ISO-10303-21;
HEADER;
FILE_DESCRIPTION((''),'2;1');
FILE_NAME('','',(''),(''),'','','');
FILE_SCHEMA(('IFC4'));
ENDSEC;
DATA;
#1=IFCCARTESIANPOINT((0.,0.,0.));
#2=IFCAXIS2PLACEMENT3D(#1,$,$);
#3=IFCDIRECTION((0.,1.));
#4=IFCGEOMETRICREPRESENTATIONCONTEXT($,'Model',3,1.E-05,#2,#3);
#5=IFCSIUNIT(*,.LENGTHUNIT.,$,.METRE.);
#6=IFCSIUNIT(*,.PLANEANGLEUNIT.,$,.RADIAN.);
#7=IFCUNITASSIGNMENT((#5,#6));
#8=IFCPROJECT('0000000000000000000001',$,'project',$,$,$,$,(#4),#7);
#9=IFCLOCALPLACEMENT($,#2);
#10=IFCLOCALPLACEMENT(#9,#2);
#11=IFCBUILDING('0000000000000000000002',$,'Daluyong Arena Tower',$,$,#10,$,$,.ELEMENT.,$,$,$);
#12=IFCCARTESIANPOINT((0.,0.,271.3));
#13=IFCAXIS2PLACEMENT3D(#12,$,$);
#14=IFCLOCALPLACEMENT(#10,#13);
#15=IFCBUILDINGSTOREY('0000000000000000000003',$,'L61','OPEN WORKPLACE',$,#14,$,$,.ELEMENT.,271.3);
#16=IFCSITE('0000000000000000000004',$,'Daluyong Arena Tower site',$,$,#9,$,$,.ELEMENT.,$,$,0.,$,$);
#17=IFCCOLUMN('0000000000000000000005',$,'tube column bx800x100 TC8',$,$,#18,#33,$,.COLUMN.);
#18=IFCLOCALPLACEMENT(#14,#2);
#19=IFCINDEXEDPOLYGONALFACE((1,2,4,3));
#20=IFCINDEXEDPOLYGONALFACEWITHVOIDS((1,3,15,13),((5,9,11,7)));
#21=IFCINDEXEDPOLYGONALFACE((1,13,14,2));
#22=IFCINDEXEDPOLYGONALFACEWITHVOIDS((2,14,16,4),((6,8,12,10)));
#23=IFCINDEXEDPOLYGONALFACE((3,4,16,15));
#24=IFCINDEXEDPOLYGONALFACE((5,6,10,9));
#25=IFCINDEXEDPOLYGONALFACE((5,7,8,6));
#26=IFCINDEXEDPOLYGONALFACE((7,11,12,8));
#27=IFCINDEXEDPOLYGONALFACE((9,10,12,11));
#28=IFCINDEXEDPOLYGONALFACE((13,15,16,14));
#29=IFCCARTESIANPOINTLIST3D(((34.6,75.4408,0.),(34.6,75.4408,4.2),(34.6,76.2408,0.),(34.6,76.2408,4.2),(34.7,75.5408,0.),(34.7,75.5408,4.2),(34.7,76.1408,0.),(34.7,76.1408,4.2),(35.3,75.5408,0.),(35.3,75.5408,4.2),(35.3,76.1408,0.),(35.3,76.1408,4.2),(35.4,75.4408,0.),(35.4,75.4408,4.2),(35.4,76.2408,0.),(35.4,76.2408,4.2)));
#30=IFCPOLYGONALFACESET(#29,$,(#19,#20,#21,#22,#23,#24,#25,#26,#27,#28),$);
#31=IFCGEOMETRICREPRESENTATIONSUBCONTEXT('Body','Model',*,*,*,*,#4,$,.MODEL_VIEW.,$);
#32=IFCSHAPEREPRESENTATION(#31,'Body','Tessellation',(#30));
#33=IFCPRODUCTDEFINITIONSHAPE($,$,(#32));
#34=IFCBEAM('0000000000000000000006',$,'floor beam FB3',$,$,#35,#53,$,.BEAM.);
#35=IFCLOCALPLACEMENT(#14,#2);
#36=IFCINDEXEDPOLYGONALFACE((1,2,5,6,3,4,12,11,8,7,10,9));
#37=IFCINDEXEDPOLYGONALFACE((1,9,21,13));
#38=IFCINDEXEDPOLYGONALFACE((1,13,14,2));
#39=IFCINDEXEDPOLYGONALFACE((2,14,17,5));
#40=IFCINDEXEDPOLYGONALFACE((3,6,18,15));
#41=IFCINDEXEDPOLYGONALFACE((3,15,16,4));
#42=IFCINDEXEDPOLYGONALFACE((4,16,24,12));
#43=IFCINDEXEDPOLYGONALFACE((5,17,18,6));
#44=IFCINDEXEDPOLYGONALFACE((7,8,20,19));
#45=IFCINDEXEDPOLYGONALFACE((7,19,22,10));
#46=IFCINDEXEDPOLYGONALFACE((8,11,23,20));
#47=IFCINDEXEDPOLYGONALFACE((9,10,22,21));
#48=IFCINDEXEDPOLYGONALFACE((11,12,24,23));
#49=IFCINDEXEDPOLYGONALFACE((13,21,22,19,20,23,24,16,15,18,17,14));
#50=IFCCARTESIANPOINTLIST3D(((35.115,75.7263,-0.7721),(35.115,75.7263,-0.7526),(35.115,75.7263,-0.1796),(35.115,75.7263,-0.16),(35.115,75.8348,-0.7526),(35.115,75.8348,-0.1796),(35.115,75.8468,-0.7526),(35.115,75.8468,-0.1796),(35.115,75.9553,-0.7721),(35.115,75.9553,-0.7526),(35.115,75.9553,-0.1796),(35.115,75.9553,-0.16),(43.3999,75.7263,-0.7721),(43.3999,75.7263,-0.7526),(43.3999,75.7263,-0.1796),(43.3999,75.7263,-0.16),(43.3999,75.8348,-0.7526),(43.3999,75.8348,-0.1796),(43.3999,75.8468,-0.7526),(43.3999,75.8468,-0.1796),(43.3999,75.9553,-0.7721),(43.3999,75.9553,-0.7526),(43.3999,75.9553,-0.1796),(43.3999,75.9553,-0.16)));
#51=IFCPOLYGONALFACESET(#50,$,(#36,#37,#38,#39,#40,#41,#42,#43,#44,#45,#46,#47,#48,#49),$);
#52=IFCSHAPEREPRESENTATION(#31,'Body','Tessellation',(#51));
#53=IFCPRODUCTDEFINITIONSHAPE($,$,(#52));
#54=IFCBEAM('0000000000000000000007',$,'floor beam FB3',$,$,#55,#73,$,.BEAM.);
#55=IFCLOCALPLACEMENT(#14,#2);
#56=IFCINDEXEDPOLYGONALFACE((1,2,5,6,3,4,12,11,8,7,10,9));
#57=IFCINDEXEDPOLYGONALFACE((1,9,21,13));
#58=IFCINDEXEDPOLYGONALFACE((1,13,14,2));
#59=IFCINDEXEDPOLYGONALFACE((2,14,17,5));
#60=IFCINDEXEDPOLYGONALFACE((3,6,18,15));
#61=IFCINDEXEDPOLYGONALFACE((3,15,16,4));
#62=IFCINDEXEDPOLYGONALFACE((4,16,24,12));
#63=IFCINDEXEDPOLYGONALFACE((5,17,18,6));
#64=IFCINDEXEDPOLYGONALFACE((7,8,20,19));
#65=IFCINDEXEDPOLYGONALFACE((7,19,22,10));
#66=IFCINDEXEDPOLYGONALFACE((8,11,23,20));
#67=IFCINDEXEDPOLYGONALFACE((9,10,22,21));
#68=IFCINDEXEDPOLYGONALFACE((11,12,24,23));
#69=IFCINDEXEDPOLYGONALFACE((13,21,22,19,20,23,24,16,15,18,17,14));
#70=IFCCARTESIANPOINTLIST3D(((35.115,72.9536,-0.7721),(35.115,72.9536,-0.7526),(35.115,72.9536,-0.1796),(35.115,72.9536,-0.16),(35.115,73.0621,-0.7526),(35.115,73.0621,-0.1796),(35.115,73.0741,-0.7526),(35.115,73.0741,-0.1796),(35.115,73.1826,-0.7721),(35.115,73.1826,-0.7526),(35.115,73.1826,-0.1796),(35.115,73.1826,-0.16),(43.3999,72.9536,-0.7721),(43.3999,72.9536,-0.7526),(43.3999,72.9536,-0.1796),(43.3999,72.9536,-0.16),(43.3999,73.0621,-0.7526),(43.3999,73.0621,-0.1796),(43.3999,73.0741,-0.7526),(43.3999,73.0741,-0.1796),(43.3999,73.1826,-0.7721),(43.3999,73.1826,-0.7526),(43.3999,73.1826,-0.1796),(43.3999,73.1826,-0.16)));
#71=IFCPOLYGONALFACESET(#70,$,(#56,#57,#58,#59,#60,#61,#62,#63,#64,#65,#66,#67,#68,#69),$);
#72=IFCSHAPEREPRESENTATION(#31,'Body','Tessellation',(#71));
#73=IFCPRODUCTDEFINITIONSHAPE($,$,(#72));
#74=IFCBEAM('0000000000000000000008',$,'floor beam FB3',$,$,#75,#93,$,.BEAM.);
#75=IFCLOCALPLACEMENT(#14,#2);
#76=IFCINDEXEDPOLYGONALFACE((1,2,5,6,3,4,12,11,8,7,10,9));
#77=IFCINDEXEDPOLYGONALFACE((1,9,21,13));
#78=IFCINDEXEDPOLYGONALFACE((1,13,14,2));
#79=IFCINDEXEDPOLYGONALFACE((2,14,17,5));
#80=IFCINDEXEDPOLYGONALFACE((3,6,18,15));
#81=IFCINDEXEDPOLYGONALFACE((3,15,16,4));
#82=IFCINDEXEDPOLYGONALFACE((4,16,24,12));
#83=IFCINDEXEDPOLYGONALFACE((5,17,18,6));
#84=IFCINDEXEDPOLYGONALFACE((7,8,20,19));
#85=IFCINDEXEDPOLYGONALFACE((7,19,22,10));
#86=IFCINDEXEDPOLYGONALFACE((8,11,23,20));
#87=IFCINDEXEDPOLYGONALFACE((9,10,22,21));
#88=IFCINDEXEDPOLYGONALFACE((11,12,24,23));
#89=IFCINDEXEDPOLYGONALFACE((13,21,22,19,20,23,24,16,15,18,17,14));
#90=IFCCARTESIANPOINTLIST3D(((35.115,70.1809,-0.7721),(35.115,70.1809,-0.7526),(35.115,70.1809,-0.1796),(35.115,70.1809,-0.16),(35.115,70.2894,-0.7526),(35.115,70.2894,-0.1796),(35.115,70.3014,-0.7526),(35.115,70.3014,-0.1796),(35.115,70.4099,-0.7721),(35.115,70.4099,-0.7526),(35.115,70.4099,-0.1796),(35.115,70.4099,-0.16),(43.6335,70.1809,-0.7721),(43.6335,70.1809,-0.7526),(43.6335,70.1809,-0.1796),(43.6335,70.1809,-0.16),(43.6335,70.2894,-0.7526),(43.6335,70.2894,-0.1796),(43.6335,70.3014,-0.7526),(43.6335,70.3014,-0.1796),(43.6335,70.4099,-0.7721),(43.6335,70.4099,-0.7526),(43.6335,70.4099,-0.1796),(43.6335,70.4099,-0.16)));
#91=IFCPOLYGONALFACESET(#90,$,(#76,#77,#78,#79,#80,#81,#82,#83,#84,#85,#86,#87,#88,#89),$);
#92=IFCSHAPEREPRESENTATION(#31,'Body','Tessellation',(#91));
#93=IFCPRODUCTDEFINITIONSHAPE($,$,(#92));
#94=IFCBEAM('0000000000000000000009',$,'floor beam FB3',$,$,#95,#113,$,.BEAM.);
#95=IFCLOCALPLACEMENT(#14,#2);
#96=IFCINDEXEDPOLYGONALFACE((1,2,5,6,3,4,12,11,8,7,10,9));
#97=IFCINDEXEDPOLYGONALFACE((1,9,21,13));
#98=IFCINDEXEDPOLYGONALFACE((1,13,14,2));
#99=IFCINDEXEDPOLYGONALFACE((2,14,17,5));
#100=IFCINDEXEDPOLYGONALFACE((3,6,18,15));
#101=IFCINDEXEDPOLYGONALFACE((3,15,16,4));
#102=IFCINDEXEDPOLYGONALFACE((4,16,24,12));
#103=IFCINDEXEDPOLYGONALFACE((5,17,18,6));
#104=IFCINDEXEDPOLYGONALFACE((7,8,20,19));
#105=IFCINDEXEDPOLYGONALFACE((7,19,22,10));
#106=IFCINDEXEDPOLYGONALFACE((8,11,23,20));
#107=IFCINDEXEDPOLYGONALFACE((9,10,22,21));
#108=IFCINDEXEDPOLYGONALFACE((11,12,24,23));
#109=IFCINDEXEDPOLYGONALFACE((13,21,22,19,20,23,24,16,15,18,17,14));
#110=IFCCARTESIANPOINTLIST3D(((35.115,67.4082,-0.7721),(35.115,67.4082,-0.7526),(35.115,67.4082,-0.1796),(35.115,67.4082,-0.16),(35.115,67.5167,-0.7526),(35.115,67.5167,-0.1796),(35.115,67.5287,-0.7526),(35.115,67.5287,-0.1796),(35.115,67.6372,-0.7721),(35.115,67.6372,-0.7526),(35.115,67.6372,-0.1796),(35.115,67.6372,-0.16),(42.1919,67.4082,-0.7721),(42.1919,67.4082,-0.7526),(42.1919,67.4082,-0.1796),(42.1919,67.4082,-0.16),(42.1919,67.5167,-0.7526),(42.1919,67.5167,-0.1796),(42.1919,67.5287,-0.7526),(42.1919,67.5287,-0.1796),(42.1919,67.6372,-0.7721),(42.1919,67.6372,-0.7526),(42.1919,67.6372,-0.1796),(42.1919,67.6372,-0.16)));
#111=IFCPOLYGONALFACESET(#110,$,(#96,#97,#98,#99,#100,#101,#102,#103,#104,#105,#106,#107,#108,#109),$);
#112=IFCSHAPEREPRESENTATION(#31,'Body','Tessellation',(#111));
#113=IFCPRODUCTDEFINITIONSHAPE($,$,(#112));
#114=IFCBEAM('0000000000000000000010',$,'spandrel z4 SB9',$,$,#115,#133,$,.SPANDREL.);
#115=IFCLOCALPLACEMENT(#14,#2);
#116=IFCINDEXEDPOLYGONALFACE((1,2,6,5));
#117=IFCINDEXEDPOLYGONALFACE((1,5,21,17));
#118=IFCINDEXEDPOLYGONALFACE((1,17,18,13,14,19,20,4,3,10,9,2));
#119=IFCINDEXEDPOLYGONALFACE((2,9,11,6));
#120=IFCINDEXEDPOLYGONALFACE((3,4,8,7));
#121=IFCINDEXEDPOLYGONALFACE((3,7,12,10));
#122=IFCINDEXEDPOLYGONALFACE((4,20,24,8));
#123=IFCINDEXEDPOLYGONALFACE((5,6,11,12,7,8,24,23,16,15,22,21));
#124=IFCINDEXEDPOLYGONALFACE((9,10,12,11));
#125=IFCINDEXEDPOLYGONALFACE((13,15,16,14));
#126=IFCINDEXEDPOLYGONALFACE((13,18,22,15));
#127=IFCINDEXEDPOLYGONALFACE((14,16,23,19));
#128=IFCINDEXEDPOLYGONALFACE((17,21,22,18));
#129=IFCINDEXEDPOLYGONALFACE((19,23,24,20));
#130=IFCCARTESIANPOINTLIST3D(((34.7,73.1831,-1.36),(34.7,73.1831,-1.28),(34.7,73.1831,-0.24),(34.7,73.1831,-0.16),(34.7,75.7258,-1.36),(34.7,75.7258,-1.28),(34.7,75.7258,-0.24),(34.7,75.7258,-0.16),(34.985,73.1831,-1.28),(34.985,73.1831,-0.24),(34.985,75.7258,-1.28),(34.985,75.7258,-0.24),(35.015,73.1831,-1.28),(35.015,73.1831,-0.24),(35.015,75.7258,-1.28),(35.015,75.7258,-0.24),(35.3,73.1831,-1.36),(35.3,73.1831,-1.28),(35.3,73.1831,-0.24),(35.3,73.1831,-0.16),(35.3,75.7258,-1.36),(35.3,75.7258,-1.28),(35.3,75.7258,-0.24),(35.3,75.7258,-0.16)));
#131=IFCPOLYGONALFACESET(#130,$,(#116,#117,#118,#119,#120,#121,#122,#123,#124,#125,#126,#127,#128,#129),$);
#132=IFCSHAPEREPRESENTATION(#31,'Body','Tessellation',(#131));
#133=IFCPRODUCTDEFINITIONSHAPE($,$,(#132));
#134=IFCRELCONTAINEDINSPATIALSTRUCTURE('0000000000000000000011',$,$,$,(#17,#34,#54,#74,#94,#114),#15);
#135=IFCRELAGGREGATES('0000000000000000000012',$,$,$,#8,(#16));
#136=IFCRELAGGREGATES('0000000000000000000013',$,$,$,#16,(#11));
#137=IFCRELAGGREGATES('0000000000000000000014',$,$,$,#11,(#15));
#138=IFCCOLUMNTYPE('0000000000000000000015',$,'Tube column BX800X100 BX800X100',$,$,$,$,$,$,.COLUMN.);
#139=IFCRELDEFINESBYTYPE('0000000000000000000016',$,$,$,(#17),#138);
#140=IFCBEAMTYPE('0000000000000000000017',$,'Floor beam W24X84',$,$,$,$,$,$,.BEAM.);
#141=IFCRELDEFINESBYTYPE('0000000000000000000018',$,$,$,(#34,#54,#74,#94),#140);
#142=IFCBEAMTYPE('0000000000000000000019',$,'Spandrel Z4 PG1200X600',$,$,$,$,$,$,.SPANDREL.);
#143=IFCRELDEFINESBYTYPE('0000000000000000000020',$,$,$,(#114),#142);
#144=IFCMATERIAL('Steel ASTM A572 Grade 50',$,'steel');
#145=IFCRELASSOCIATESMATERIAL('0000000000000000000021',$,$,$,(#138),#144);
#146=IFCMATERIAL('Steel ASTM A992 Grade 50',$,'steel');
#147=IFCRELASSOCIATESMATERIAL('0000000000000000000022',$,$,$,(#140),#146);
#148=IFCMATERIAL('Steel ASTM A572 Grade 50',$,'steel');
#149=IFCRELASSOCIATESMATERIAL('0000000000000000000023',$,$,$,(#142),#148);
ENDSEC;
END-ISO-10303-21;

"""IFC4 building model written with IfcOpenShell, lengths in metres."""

from ifc_helpers import new_model, si_unit, direction, frame, origin, origin_2d, place, context, subcontext, project, spatial, hollow_rectangle, i_section, extrude, material, material_profile, profile_set, type_object, element, save


model = new_model("IFC4")

# Units and contexts
model_context = context("Model", 3, precision=1e-05, world=origin(), true_north=direction((0.0, 1.0)))
body_context = subcontext(model_context, "Body", "Model", "MODEL_VIEW")
ifc_project = project(units=[si_unit("LENGTHUNIT", "METRE"), si_unit("PLANEANGLEUNIT", "RADIAN")], contexts=[model_context])

# Site, building, storey
site_placement = place(None, origin())
site = spatial("IfcSite", under=ifc_project, at=site_placement, Name="Daluyong Arena Tower site", CompositionType="ELEMENT", RefElevation=0.0)
building_placement = place(site_placement, origin())
building = spatial("IfcBuilding", under=site, at=building_placement, Name="Daluyong Arena Tower", CompositionType="ELEMENT")
storey_placement = place(building_placement, frame((0.0, 0.0, 271.3)))
storey = spatial("IfcBuildingStorey", under=building, at=storey_placement, Name="L61", Description="OPEN WORKPLACE", CompositionType="ELEMENT", Elevation=271.3)

# Column
ifc_material_1 = material(Name="Steel ASTM A572 Grade 50", Category="steel")
ifc_material_profile_1 = material_profile(ifc_material_1, hollow_rectangle(XDim=0.8, YDim=0.8, WallThickness=0.1, at=origin_2d()))
ifc_profile_set_1 = profile_set([ifc_material_profile_1], Name="Steel ASTM A572 Grade 50")
column_type = type_object("IfcColumnType", Name="Tube column BX800X100 BX800X100", PredefinedType="COLUMN", material=ifc_profile_set_1)
column_placement = place(storey_placement, frame((35.0, 75.8408, 0.0), z_axis=(0.0, 0.0, 1.0), x_axis=(0.0, 1.0, 0.0)))
element("IfcColumn", 1, at=column_placement, inside=storey, type_object=column_type, Name="tube column bx800x100 TC8", PredefinedType="COLUMN", context=body_context, shape_type="SweptSolid", body=[
    extrude(hollow_rectangle(XDim=0.8, YDim=0.8, WallThickness=0.1, at=origin_2d()), origin(), (0.0, 0.0, 1.0), 4.2),
])

# Beams
ifc_material_2 = material(Name="Steel ASTM A992 Grade 50", Category="steel")
ifc_material_profile_2 = material_profile(ifc_material_2, i_section(OverallWidth=0.229, OverallDepth=0.6121, WebThickness=0.012, FlangeThickness=0.0195, at=origin_2d()))
ifc_profile_set_2 = profile_set([ifc_material_profile_2], Name="Steel ASTM A992 Grade 50")
beam_type_1 = type_object("IfcBeamType", Name="Floor beam W24X84", PredefinedType="BEAM", material=ifc_profile_set_2)
for number, where, z_axis, x_axis, name in (
    (2, (35.115, 75.8408, -0.4661), (1.0, 0.0, 0.0), (0.0, 1.0, 0.0), "floor beam FB3"),
    (3, (35.115, 73.0681, -0.4661), (1.0, 0.0, 0.0), (0.0, 1.0, 0.0), "floor beam FB3"),
):
    element("IfcBeam", number, at=place(storey_placement, frame(where, z_axis=z_axis, x_axis=x_axis)), inside=storey, type_object=beam_type_1, Name=name, PredefinedType="BEAM", context=body_context, shape_type="SweptSolid", body=[
        extrude(i_section(OverallWidth=0.229, OverallDepth=0.6121, WebThickness=0.012, FlangeThickness=0.0195, at=origin_2d()), origin(), (0.0, 0.0, 1.0), 8.2849),
    ])
beam_1_placement = place(storey_placement, frame((35.115, 70.2954, -0.4661), z_axis=(1.0, 0.0, 0.0), x_axis=(0.0, 1.0, 0.0)))
element("IfcBeam", 4, at=beam_1_placement, inside=storey, type_object=beam_type_1, Name="floor beam FB3", PredefinedType="BEAM", context=body_context, shape_type="SweptSolid", body=[
    extrude(i_section(OverallWidth=0.229, OverallDepth=0.6121, WebThickness=0.012, FlangeThickness=0.0195, at=origin_2d()), origin(), (0.0, 0.0, 1.0), 8.5186),
])
beam_2_placement = place(storey_placement, frame((35.115, 67.5227, -0.4661), z_axis=(1.0, 0.0, 0.0), x_axis=(0.0, 1.0, 0.0)))
element("IfcBeam", 5, at=beam_2_placement, inside=storey, type_object=beam_type_1, Name="floor beam FB3", PredefinedType="BEAM", context=body_context, shape_type="SweptSolid", body=[
    extrude(i_section(OverallWidth=0.229, OverallDepth=0.6121, WebThickness=0.012, FlangeThickness=0.0195, at=origin_2d()), origin(), (0.0, 0.0, 1.0), 7.0769),
])
ifc_material_3 = material(Name="Steel ASTM A572 Grade 50", Category="steel")
ifc_material_profile_3 = material_profile(ifc_material_3, i_section(OverallWidth=0.6001, OverallDepth=1.2, WebThickness=0.03, FlangeThickness=0.08, at=origin_2d()))
ifc_profile_set_3 = profile_set([ifc_material_profile_3], Name="Steel ASTM A572 Grade 50")
beam_type_2 = type_object("IfcBeamType", Name="Spandrel Z4 PG1200X600", PredefinedType="SPANDREL", material=ifc_profile_set_3)
beam_3_placement = place(storey_placement, frame((35.0, 75.7258, -0.76), z_axis=(0.0, -1.0, 0.0), x_axis=(1.0, 0.0, 0.0)))
element("IfcBeam", 6, at=beam_3_placement, inside=storey, type_object=beam_type_2, Name="spandrel z4 SB9", PredefinedType="SPANDREL", context=body_context, shape_type="SweptSolid", body=[
    extrude(i_section(OverallWidth=0.6001, OverallDepth=1.2, WebThickness=0.03, FlangeThickness=0.08, at=origin_2d()), origin(), (0.0, 0.0, 1.0), 2.5427),
])

save(model, "model.ifc")
